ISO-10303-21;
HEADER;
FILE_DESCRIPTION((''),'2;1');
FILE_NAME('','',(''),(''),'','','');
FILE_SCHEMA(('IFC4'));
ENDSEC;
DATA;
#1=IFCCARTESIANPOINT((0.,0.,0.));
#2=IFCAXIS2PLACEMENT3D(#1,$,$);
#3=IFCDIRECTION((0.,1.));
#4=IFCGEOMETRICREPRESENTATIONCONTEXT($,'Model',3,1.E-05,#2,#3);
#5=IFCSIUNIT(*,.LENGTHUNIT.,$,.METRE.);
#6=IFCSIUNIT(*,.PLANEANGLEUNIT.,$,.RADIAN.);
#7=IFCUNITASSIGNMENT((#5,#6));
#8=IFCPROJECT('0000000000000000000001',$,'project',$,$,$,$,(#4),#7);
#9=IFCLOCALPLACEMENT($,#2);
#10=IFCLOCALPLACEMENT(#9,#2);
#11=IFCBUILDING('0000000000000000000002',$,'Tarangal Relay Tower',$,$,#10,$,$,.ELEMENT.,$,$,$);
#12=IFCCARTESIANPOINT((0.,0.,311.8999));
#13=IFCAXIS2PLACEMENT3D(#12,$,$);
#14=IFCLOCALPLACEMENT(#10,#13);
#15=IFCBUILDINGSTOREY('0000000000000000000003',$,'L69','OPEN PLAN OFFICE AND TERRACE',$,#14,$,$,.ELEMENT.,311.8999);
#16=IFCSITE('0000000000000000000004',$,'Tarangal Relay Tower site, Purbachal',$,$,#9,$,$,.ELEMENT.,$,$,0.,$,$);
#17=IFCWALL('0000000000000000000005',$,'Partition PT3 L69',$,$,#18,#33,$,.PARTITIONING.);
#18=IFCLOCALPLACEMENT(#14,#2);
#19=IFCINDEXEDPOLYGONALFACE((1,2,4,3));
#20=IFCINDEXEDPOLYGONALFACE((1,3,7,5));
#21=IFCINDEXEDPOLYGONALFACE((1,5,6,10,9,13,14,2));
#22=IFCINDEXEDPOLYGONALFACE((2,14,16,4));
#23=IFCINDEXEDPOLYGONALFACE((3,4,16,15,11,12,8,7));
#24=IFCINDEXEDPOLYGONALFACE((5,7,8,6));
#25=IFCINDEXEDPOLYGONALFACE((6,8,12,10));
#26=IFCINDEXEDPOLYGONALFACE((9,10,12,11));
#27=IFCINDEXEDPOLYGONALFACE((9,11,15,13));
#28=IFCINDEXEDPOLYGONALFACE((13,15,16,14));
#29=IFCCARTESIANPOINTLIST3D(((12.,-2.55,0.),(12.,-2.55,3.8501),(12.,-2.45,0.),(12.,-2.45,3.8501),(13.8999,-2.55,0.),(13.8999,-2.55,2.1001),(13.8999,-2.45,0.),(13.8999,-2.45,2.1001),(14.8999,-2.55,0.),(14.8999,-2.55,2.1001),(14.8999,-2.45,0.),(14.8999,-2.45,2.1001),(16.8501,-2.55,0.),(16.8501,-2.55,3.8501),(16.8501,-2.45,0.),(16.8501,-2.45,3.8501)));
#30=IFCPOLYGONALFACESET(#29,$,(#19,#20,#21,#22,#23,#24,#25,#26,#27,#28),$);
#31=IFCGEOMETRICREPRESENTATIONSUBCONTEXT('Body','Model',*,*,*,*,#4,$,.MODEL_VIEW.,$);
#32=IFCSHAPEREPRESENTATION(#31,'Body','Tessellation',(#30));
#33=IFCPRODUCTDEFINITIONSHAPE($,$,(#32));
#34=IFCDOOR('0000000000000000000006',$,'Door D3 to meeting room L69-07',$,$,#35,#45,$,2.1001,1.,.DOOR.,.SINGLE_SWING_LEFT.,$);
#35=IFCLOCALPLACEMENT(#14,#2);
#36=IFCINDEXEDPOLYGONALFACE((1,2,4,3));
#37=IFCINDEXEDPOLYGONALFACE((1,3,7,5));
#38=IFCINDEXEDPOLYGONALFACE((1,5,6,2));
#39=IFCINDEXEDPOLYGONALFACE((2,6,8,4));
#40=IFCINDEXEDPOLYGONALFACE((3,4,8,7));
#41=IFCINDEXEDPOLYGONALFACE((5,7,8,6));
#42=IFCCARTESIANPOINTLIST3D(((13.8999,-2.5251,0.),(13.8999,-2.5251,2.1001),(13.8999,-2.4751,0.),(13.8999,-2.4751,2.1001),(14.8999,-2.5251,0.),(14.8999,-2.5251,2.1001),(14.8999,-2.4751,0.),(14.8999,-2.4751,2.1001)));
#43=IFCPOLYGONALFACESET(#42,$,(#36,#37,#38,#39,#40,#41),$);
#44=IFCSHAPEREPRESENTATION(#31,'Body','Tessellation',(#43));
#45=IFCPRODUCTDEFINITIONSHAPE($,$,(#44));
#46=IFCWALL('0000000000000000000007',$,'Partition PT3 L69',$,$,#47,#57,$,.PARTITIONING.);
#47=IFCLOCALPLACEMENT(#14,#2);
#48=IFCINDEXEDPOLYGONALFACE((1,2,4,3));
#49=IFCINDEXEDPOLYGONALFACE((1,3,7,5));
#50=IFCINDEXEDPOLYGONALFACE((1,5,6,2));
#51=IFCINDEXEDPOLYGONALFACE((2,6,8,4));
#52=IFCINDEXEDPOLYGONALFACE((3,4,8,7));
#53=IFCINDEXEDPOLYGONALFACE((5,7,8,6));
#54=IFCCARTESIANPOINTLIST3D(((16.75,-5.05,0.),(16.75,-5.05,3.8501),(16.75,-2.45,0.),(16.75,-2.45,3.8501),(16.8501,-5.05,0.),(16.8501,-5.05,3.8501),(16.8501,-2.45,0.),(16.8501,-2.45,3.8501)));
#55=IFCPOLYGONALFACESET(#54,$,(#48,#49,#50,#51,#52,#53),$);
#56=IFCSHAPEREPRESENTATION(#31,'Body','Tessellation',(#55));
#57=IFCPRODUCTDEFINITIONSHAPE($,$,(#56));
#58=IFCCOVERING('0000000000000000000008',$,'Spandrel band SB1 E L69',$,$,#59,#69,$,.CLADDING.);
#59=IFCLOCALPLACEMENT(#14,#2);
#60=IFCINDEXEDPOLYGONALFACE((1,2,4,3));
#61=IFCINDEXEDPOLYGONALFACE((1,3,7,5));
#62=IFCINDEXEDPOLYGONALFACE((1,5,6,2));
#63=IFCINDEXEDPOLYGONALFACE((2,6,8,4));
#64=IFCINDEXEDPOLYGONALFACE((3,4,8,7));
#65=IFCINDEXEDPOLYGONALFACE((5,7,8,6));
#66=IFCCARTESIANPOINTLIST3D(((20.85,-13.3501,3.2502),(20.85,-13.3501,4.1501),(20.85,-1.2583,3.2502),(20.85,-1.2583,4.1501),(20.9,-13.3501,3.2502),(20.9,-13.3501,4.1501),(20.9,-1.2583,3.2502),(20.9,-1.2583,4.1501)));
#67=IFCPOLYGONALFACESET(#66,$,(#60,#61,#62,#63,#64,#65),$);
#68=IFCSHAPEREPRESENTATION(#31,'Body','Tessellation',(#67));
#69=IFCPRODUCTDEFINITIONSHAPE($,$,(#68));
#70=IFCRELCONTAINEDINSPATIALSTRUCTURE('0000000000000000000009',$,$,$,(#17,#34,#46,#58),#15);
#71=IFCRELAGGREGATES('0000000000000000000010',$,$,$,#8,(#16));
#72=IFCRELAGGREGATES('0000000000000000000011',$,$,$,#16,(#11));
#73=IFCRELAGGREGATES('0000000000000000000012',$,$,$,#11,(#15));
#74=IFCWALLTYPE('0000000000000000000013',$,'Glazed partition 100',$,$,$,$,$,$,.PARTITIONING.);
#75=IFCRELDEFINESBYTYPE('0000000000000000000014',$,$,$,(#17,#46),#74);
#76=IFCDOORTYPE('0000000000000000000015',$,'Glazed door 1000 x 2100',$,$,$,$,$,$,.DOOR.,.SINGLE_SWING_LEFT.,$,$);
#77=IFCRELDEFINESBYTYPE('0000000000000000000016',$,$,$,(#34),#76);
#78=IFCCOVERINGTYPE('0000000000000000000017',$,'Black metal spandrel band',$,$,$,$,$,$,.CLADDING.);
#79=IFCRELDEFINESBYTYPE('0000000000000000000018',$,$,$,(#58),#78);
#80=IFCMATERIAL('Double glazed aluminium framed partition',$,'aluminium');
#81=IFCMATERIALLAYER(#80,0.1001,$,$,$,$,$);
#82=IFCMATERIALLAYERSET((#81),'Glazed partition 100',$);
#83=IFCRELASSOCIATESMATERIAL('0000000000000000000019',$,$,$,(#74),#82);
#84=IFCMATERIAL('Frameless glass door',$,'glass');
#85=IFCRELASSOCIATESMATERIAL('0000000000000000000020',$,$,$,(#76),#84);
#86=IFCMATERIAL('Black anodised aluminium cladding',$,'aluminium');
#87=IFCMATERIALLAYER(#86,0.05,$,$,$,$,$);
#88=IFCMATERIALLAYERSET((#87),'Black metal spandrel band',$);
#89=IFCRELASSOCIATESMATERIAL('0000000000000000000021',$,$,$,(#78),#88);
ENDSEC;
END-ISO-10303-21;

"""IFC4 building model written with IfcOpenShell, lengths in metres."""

from ifc_helpers import new_model, si_unit, direction, frame, frame_2d, origin, origin_2d, place, context, subcontext, project, spatial, rectangle, extrude, material, layer, layer_set, type_object, element, fill, save


model = new_model("IFC4")

# Units and contexts
model_context = context("Model", 3, precision=1e-05, world=origin(), true_north=direction((0.0, 1.0)))
body_context = subcontext(model_context, "Body", "Model", "MODEL_VIEW")
ifc_project = project(units=[si_unit("LENGTHUNIT", "METRE"), si_unit("PLANEANGLEUNIT", "RADIAN")], contexts=[model_context])

# Site, building, storey
site_placement = place(None, origin())
site = spatial("IfcSite", under=ifc_project, at=site_placement, Name="Tarangal Relay Tower site, Purbachal", CompositionType="ELEMENT", RefElevation=0.0)
building_placement = place(site_placement, origin())
building = spatial("IfcBuilding", under=site, at=building_placement, Name="Tarangal Relay Tower", CompositionType="ELEMENT")
storey_placement = place(building_placement, frame((0.0, 0.0, 311.8999)))
storey = spatial("IfcBuildingStorey", under=building, at=storey_placement, Name="L69", Description="OPEN PLAN OFFICE AND TERRACE", CompositionType="ELEMENT", Elevation=311.8999)

# Wall, opening, door
ifc_material_1 = material(Name="Double glazed aluminium framed partition", Category="aluminium")
ifc_layer_1 = layer(ifc_material_1, 0.1001)
ifc_layer_set_1 = layer_set([ifc_layer_1], Name="Glazed partition 100")
wall_type_1 = type_object("IfcWallType", Name="Glazed partition 100", PredefinedType="PARTITIONING", material=ifc_layer_set_1)
wall_1_placement = place(storey_placement, frame((12.0, -2.5, 0.0), z_axis=(0.0, 0.0, 1.0), x_axis=(1.0, 0.0, 0.0)))
wall_1 = element("IfcWall", 1, at=wall_1_placement, inside=storey, type_object=wall_type_1, Name="Partition PT3 L69", PredefinedType="PARTITIONING", context=body_context, shape_type="SweptSolid", body=[
    extrude(rectangle(XDim=4.8501, YDim=0.1001, at=frame_2d((2.425, 0.0))), origin(), (0.0, 0.0, 1.0), 3.8501),
])
opening_1_placement = place(wall_1_placement, frame((1.8999, 0.0, 0.0)))
opening_1 = element("IfcOpeningElement", 2, at=opening_1_placement, cuts=wall_1, PredefinedType="OPENING", context=body_context, shape_type="SweptSolid", body=[
    extrude(rectangle(XDim=1.0, YDim=2.1001, at=frame_2d((0.5, 1.05))), frame((0.0, 0.0601, 0.0), z_axis=(0.0, -1.0, 0.0), x_axis=(1.0, 0.0, 0.0)), (0.0, 0.0, 1.0), 0.1201),
])
ifc_material_2 = material(Name="Frameless glass door", Category="glass")
door_type_1 = type_object("IfcDoorType", Name="Glazed door 1000 x 2100", OperationType="SINGLE_SWING_LEFT", PredefinedType="DOOR", material=ifc_material_2)
door_1_placement = place(opening_1_placement, origin())
door_1 = element("IfcDoor", 3, at=door_1_placement, inside=storey, type_object=door_type_1, Name="Door D3 to meeting room L69-07", OperationType="SINGLE_SWING_LEFT", OverallHeight=2.1001, OverallWidth=1.0, PredefinedType="DOOR", context=body_context, shape_type="SweptSolid", body=[
    extrude(rectangle(XDim=1.0, YDim=2.1001, at=frame_2d((0.5, 1.05))), frame((0.0, 0.0249, 0.0), z_axis=(0.0, -1.0, 0.0), x_axis=(1.0, 0.0, 0.0)), (0.0, 0.0, 1.0), 0.05),
])
fill(opening_1, door_1)

# Wall
wall_2_placement = place(storey_placement, frame((16.8, -5.05, 0.0), z_axis=(0.0, 0.0, 1.0), x_axis=(0.0, 1.0, 0.0)))
element("IfcWall", 4, at=wall_2_placement, inside=storey, type_object=wall_type_1, Name="Partition PT3 L69", PredefinedType="PARTITIONING", context=body_context, shape_type="SweptSolid", body=[
    extrude(rectangle(XDim=2.6001, YDim=0.1001, at=frame_2d((1.3, 0.0))), origin(), (0.0, 0.0, 1.0), 3.8501),
])

# Covering
ifc_material_3 = material(Name="Black anodised aluminium cladding", Category="aluminium")
ifc_layer_2 = layer(ifc_material_3, 0.05)
ifc_layer_set_2 = layer_set([ifc_layer_2], Name="Black metal spandrel band")
covering_type = type_object("IfcCoveringType", Name="Black metal spandrel band", PredefinedType="CLADDING", material=ifc_layer_set_2)
covering_placement = place(storey_placement, frame((20.875, -7.3042, 3.2502), z_axis=(0.0, 0.0, 1.0), x_axis=(0.0, -1.0, 0.0)))
element("IfcCovering", 5, at=covering_placement, inside=storey, type_object=covering_type, Name="Spandrel band SB1 E L69", PredefinedType="CLADDING", context=body_context, shape_type="SweptSolid", body=[
    extrude(rectangle(XDim=12.0918, YDim=0.05, at=origin_2d()), origin(), (0.0, 0.0, 1.0), 0.8999),
])

save(model, "model.ifc")
